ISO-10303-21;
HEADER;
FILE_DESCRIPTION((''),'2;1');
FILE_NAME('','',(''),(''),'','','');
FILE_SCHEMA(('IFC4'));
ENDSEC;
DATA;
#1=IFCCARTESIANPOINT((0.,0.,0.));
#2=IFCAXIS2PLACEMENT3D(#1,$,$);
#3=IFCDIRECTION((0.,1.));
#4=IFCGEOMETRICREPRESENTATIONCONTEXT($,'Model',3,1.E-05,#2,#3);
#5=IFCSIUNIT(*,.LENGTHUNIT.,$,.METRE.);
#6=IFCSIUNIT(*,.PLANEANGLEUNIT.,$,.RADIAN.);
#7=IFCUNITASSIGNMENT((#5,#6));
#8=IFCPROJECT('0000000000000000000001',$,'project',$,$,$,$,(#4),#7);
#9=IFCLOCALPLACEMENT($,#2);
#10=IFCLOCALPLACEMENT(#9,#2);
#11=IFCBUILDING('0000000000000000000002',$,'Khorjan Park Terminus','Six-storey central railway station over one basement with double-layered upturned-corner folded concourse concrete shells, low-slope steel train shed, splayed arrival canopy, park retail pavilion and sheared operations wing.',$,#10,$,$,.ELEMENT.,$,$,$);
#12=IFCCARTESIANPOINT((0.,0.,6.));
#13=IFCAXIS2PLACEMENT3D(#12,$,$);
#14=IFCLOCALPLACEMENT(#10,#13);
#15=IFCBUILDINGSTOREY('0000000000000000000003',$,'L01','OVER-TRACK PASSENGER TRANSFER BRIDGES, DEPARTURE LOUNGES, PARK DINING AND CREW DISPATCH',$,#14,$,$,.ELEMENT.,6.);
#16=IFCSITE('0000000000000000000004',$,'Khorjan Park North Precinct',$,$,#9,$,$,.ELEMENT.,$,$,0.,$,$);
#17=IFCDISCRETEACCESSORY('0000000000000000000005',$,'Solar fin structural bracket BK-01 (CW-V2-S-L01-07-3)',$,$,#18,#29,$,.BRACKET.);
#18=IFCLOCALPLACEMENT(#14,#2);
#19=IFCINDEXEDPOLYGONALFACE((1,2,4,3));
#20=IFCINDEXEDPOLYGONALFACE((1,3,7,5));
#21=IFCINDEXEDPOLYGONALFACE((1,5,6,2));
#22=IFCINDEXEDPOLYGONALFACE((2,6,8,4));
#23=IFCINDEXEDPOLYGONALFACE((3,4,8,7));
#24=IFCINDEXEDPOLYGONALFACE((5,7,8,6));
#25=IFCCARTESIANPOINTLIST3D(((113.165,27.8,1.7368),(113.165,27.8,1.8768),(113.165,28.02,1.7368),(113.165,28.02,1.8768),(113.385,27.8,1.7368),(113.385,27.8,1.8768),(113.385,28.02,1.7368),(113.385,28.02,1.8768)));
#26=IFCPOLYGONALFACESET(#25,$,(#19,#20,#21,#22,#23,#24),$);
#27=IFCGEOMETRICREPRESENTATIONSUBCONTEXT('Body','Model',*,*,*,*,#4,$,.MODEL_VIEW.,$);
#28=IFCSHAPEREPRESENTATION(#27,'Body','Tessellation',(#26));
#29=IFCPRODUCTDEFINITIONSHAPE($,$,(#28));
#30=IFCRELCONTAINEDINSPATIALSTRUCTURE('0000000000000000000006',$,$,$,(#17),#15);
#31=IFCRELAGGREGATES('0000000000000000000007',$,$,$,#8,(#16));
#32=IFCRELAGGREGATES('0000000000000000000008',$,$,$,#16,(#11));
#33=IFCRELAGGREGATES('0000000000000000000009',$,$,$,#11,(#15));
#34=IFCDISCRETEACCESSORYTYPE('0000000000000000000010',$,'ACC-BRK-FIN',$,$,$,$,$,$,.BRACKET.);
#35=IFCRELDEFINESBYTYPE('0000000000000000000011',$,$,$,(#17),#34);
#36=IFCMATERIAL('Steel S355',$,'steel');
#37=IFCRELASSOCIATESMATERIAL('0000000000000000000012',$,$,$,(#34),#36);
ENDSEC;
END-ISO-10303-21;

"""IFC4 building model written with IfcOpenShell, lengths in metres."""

from ifc_helpers import new_model, si_unit, direction, frame, origin, origin_2d, place, context, subcontext, project, spatial, rectangle, extrude, material, type_object, element, save


model = new_model("IFC4")

# Units and contexts
model_context = context("Model", 3, precision=1e-05, world=origin(), true_north=direction((0.0, 1.0)))
body_context = subcontext(model_context, "Body", "Model", "MODEL_VIEW")
ifc_project = project(units=[si_unit("LENGTHUNIT", "METRE"), si_unit("PLANEANGLEUNIT", "RADIAN")], contexts=[model_context])

# Site, building, storey
site_placement = place(None, origin())
site = spatial("IfcSite", under=ifc_project, at=site_placement, Name="Khorjan Park North Precinct", CompositionType="ELEMENT", RefElevation=0.0)
building_placement = place(site_placement, origin())
building = spatial("IfcBuilding", under=site, at=building_placement, Name="Khorjan Park Terminus", Description="Six-storey central railway station over one basement with double-layered upturned-corner folded concourse concrete shells, low-slope steel train shed, splayed arrival canopy, park retail pavilion and sheared operations wing.", CompositionType="ELEMENT")
storey_placement = place(building_placement, frame((0.0, 0.0, 6.0)))
storey = spatial("IfcBuildingStorey", under=building, at=storey_placement, Name="L01", Description="OVER-TRACK PASSENGER TRANSFER BRIDGES, DEPARTURE LOUNGES, PARK DINING AND CREW DISPATCH", CompositionType="ELEMENT", Elevation=6.0)

# Shared definitions
ifc_material_1 = material(Name="Steel S355", Category="steel")

# Discrete accessory
discrete_accessory_type = type_object("IfcDiscreteAccessoryType", Name="ACC-BRK-FIN", PredefinedType="BRACKET", material=ifc_material_1)
for number, where, z_axis, x_axis, name in (
    (1, (113.275, 27.91, 1.7368), (0.0, 0.0, 1.0), (1.0, 0.0, 0.0), "Solar fin structural bracket BK-01 (CW-V2-S-L01-07-3)"),
):
    element("IfcDiscreteAccessory", number, at=place(storey_placement, frame(where, z_axis=z_axis, x_axis=x_axis)), inside=storey, type_object=discrete_accessory_type, Name=name, PredefinedType="BRACKET", context=body_context, shape_type="SweptSolid", body=[
        extrude(rectangle(XDim=0.22, YDim=0.22, at=origin_2d()), origin(), (0.0, 0.0, 1.0), 0.14),
    ])

save(model, "model.ifc")
